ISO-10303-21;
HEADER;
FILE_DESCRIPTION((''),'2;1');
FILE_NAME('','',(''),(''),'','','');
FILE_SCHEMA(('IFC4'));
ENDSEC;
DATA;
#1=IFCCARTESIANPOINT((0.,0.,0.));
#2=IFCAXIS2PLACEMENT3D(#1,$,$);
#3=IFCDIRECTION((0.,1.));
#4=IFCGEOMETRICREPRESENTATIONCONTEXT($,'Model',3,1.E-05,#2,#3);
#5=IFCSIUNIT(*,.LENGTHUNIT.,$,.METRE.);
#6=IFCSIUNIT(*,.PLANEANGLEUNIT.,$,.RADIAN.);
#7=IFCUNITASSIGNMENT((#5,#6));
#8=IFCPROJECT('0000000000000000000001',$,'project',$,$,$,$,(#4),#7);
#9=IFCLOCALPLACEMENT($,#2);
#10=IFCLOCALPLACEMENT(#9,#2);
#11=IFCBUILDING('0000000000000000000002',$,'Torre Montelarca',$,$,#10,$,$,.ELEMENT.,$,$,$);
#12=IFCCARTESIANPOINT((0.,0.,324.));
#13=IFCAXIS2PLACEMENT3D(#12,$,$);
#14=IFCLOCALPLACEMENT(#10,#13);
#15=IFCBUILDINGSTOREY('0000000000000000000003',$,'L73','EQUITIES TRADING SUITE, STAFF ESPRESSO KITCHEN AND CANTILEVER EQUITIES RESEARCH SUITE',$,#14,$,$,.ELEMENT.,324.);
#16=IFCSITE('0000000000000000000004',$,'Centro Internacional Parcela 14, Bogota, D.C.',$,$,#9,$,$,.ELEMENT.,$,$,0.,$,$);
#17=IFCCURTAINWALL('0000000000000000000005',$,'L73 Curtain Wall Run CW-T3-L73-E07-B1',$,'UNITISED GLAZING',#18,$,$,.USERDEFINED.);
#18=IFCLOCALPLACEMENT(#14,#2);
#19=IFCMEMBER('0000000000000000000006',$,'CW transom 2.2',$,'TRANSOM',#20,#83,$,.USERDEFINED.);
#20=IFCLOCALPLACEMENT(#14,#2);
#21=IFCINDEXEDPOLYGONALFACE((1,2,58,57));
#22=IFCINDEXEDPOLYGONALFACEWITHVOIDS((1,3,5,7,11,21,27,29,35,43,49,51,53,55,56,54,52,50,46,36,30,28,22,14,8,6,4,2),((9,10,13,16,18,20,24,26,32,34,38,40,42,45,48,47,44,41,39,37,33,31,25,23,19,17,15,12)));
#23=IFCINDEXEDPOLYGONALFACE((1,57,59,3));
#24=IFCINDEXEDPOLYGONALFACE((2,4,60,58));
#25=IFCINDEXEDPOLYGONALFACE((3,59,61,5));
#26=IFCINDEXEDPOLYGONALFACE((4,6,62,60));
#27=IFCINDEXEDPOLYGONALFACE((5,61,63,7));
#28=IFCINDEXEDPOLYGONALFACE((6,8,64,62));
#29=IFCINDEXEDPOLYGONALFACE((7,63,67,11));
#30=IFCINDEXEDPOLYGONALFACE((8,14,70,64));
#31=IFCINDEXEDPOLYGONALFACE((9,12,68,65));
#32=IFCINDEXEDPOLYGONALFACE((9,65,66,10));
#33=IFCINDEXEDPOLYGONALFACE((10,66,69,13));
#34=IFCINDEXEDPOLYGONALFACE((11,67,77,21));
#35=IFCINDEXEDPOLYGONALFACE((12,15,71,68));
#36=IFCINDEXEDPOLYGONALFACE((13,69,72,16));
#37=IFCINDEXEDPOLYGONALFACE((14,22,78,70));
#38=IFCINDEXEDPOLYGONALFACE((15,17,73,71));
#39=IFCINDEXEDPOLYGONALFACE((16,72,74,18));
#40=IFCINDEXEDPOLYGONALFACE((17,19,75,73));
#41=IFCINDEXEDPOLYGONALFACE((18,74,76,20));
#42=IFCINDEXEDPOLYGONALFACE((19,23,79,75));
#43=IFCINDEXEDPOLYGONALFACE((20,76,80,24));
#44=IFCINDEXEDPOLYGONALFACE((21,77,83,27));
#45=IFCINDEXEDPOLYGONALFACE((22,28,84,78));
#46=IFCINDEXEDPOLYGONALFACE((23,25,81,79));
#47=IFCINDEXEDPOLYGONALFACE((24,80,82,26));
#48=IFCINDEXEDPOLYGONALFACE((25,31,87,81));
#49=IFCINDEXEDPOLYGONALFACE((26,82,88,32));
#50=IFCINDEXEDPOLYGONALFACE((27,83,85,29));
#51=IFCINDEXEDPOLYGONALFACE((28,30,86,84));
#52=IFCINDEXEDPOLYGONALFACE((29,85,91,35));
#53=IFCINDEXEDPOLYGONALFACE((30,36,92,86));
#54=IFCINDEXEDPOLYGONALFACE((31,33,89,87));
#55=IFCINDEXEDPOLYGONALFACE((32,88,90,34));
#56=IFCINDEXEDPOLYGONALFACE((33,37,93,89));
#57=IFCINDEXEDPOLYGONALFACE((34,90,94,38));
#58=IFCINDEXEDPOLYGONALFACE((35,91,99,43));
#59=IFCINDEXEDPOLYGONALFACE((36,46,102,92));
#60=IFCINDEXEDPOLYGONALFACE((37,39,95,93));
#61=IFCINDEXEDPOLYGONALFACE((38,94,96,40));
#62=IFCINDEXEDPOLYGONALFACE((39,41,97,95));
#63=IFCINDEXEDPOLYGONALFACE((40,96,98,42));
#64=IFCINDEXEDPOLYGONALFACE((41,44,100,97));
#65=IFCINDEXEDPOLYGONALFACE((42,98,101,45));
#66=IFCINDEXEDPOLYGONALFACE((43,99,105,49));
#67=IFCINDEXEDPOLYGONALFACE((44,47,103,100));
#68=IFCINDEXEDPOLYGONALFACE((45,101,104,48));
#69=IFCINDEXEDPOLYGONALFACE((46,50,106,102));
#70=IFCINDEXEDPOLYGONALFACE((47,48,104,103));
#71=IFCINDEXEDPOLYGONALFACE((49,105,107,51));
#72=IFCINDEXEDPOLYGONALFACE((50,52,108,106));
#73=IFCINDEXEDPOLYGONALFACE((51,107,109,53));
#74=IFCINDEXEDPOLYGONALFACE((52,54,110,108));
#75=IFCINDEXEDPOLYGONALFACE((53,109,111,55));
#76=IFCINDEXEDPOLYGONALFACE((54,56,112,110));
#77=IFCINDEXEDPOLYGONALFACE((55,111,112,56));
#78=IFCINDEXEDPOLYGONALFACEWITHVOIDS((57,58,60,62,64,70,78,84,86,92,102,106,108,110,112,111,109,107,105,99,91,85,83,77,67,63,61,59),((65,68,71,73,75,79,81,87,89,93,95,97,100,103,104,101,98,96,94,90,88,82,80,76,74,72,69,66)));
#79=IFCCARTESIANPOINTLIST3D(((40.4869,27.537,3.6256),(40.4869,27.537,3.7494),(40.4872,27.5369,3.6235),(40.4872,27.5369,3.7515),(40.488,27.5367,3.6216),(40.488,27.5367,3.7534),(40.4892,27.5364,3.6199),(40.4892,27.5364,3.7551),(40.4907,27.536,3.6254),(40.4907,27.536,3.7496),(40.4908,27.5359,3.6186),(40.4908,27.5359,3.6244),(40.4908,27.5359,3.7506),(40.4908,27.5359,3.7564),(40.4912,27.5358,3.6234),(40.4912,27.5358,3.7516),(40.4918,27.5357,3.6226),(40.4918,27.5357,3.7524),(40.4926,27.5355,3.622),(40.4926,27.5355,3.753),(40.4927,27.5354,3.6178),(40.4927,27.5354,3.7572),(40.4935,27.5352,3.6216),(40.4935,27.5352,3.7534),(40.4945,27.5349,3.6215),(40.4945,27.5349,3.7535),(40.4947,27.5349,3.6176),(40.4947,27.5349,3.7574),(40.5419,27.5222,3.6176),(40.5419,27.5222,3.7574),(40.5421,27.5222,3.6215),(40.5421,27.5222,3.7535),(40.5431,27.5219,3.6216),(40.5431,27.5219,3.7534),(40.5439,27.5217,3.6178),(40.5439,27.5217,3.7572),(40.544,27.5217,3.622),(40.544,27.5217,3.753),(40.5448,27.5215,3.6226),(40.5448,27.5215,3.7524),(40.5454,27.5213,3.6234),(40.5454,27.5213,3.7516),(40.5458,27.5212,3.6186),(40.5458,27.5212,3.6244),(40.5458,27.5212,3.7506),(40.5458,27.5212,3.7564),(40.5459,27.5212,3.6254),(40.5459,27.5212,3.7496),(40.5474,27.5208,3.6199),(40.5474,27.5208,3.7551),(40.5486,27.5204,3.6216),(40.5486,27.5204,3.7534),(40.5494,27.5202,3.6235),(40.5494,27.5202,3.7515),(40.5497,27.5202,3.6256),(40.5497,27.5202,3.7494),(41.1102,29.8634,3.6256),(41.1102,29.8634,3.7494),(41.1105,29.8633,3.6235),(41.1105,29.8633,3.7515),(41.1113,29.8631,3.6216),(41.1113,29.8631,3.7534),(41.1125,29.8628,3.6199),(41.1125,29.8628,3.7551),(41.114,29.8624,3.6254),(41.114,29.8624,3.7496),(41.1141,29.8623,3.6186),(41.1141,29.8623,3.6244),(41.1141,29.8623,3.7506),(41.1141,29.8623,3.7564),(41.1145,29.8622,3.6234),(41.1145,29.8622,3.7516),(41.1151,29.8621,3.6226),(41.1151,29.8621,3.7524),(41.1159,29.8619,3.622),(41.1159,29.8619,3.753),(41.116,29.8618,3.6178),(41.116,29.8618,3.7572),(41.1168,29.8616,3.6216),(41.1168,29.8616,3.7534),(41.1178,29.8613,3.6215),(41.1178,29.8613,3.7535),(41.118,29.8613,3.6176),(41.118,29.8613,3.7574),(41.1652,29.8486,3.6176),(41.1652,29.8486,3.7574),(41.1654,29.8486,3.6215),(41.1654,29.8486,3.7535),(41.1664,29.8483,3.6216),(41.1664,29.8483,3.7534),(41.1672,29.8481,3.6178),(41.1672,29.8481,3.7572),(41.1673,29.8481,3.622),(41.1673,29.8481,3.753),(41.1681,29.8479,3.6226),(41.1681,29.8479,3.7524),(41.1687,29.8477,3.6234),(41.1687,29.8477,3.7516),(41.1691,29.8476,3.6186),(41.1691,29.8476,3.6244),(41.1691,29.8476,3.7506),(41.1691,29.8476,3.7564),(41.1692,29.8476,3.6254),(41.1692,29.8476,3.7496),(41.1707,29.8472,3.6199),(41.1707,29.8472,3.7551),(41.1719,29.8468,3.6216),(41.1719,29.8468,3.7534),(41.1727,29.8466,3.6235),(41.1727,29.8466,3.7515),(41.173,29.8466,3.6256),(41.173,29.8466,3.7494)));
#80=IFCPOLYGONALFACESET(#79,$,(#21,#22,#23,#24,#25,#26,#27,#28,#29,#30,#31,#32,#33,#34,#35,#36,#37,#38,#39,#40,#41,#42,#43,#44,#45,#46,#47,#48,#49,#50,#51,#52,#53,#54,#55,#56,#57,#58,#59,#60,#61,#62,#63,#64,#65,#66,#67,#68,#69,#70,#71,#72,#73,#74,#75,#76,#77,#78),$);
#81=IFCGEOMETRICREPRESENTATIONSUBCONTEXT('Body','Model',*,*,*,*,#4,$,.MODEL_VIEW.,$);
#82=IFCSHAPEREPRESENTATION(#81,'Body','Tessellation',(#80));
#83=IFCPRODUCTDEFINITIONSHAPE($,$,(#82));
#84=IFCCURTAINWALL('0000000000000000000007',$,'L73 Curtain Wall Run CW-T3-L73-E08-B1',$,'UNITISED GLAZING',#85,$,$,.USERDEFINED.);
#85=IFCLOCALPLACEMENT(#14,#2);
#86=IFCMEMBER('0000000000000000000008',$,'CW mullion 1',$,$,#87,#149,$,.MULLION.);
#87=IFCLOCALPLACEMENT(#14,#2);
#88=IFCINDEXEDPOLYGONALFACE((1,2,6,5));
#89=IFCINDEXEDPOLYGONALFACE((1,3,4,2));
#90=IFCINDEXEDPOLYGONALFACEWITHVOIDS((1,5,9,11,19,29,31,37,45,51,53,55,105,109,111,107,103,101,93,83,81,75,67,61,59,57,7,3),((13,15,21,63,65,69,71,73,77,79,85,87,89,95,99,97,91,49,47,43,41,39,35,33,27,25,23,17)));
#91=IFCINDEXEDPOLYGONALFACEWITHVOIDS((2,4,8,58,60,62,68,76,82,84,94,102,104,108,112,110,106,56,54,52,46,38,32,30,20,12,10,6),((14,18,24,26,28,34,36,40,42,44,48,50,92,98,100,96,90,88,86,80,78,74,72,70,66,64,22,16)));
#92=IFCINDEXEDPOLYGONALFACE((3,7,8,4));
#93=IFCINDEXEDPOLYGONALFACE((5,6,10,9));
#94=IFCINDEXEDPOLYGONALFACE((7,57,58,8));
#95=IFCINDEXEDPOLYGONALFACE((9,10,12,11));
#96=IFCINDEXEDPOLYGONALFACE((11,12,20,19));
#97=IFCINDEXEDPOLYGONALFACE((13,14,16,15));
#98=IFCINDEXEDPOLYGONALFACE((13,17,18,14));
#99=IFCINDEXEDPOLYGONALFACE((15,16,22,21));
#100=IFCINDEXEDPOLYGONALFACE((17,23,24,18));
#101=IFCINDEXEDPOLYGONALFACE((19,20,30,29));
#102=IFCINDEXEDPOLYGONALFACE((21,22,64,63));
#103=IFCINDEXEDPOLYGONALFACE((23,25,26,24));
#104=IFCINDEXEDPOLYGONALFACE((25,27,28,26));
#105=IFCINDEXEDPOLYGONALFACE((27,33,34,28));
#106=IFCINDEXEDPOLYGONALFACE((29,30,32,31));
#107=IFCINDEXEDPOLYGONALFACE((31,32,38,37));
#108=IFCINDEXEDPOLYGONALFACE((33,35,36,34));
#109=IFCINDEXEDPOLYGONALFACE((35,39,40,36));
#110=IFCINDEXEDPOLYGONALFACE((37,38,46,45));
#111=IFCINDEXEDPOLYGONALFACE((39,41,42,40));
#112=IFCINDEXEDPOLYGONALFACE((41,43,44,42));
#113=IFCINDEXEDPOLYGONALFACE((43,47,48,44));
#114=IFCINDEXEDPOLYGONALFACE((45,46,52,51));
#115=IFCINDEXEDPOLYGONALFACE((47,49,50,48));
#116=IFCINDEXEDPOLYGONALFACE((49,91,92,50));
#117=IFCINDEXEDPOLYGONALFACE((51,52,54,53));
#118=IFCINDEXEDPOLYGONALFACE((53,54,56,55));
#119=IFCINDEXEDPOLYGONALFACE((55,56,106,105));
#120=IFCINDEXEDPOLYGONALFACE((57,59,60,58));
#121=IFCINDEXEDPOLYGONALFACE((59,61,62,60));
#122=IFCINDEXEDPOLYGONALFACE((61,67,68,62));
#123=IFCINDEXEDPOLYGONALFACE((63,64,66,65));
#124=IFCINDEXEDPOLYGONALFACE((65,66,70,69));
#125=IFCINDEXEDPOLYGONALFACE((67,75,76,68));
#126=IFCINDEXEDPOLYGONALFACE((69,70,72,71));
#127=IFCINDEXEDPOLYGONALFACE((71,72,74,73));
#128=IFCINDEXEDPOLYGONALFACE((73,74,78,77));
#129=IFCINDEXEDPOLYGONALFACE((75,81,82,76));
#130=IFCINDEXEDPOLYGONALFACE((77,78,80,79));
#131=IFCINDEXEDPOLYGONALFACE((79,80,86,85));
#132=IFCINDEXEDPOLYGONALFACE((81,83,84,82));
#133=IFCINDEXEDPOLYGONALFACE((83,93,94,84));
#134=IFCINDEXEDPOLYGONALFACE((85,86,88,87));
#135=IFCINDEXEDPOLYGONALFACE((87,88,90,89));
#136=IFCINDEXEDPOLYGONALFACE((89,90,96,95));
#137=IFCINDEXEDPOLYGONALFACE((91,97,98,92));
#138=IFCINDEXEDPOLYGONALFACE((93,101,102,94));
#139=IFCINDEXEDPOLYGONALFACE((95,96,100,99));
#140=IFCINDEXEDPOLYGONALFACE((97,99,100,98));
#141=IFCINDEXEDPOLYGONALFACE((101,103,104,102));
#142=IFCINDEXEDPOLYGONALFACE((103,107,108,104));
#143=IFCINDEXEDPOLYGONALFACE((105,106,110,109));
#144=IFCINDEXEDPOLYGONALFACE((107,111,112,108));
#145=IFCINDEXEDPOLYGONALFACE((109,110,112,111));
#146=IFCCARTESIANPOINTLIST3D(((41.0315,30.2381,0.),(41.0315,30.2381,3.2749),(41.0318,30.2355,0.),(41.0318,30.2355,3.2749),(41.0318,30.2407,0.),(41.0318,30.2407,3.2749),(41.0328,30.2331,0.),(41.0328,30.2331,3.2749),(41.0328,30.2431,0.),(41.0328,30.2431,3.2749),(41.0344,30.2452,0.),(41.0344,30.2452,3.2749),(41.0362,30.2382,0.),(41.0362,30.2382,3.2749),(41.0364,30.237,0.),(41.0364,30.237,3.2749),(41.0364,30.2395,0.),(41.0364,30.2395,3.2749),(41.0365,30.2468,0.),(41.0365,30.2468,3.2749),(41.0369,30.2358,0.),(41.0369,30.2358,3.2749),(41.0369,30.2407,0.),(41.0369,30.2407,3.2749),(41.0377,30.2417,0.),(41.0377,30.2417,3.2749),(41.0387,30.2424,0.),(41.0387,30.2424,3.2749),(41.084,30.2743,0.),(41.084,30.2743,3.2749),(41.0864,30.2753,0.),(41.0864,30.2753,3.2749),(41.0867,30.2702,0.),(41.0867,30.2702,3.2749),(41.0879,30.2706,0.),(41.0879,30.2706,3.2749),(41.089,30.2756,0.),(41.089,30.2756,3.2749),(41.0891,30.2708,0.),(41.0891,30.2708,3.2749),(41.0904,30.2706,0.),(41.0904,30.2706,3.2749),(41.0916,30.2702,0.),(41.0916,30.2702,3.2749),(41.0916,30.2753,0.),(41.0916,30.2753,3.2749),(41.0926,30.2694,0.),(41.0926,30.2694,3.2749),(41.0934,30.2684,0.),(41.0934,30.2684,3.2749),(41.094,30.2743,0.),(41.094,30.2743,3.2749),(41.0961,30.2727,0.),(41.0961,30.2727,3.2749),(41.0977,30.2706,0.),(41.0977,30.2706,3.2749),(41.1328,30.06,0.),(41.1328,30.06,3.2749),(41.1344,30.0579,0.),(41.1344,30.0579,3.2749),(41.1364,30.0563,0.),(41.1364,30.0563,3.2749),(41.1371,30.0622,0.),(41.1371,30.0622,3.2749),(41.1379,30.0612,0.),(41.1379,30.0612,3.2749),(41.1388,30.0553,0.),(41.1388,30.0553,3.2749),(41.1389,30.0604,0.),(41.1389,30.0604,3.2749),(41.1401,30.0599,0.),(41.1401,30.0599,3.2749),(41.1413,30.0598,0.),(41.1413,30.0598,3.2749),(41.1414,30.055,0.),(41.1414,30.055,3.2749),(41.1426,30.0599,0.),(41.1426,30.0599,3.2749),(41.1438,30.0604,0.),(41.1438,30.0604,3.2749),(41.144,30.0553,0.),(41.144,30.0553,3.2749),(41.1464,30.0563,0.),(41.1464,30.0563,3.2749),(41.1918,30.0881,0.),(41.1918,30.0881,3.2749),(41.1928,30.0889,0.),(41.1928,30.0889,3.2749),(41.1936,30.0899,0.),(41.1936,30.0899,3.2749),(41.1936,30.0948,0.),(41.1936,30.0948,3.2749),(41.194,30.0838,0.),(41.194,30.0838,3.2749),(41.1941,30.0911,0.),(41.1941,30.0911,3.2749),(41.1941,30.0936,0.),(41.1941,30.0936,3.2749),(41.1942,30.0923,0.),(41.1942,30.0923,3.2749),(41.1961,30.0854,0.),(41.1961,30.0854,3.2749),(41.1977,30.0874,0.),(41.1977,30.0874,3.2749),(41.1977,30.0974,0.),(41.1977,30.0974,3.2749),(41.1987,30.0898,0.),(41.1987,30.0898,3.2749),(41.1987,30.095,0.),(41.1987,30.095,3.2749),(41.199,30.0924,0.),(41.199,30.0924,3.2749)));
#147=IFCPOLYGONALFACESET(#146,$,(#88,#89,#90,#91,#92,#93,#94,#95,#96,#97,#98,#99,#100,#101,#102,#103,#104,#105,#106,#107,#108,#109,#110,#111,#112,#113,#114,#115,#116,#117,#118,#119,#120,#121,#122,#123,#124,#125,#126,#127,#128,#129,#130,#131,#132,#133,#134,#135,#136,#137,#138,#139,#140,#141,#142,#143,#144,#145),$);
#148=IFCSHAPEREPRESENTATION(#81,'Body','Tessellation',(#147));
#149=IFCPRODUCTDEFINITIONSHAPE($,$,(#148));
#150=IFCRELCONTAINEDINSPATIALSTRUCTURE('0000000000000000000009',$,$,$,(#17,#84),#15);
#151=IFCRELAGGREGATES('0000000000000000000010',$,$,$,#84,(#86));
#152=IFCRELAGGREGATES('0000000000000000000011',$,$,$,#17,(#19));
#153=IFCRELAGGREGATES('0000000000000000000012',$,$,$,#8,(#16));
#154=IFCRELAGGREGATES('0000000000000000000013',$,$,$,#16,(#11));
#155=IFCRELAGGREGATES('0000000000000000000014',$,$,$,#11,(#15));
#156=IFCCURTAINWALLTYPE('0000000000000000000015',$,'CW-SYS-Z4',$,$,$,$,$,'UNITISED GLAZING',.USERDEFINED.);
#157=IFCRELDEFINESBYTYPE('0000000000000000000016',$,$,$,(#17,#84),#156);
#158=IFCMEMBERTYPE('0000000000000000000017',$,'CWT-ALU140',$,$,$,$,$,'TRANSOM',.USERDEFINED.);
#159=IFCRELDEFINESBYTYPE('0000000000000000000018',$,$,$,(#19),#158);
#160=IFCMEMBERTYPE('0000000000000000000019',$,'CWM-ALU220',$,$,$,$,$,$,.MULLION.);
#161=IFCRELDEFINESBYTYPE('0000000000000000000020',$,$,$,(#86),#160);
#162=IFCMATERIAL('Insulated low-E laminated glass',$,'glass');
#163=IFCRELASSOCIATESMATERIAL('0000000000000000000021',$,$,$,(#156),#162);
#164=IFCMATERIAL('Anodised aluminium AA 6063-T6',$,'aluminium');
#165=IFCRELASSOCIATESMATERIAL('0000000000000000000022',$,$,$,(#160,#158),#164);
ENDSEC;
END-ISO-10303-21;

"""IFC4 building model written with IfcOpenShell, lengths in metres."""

from ifc_helpers import new_model, si_unit, direction, frame, origin, origin_2d, place, context, subcontext, project, spatial, hollow_rectangle, extrude, source, transform, mapped, material, material_profile, profile_set, type_object, element, aggregate, save


model = new_model("IFC4")

# Units and contexts
model_context = context("Model", 3, precision=1e-05, world=origin(), true_north=direction((0.0, 1.0)))
body_context = subcontext(model_context, "Body", "Model", "MODEL_VIEW")
ifc_project = project(units=[si_unit("LENGTHUNIT", "METRE"), si_unit("PLANEANGLEUNIT", "RADIAN")], contexts=[model_context])

# Site, building, storey
site_placement = place(None, origin())
site = spatial("IfcSite", under=ifc_project, at=site_placement, Name="Centro Internacional Parcela 14, Bogota, D.C.", CompositionType="ELEMENT", RefElevation=0.0)
building_placement = place(site_placement, origin())
building = spatial("IfcBuilding", under=site, at=building_placement, Name="Torre Montelarca", CompositionType="ELEMENT")
storey_placement = place(building_placement, frame((0.0, 0.0, 324.0)))
storey = spatial("IfcBuildingStorey", under=building, at=storey_placement, Name="L73", Description="EQUITIES TRADING SUITE, STAFF ESPRESSO KITCHEN AND CANTILEVER EQUITIES RESEARCH SUITE", CompositionType="ELEMENT", Elevation=324.0)

# Curtain wall
ifc_material_1 = material(Name="Insulated low-E laminated glass", Category="glass")
curtain_wall_type = type_object("IfcCurtainWallType", Name="CW-SYS-Z4", ElementType="UNITISED GLAZING", PredefinedType="USERDEFINED", material=ifc_material_1)
curtain_wall_1_placement = place(storey_placement, origin())
curtain_wall_1 = element("IfcCurtainWall", 1, at=curtain_wall_1_placement, inside=storey, type_object=curtain_wall_type, Name="L73 Curtain Wall Run CW-T3-L73-E07-B1", ObjectType="UNITISED GLAZING", PredefinedType="USERDEFINED")
ifc_material_2 = material(Name="Anodised aluminium AA 6063-T6", Category="aluminium")
ifc_material_profile_1 = material_profile(ifc_material_2, hollow_rectangle(XDim=0.075, YDim=0.22, WallThickness=0.0049, InnerFilletRadius=0.0049, OuterFilletRadius=0.01, at=origin_2d()), Name="ALU75X220X5", Category="aluminium")
ifc_profile_set_1 = profile_set([ifc_material_profile_1], Name="Anodised aluminium AA 6063-T6")
member_type_1 = type_object("IfcMemberType", Name="CWM-ALU220", PredefinedType="MULLION", material=ifc_profile_set_1)

# Member
ifc_material_profile_2 = material_profile(ifc_material_2, hollow_rectangle(XDim=0.0649, YDim=0.1399, WallThickness=0.0039, InnerFilletRadius=0.0039, OuterFilletRadius=0.0081, at=origin_2d()), Name="ALU65X140X4", Category="aluminium")
ifc_profile_set_2 = profile_set([ifc_material_profile_2], Name="Anodised aluminium AA 6063-T6")
member_type_2 = type_object("IfcMemberType", Name="CWT-ALU140", ElementType="TRANSOM", PredefinedType="USERDEFINED", material=ifc_profile_set_2)
shared_shape_1 = source(origin(), body_context, "Body", "SweptSolid", [
    extrude(hollow_rectangle(XDim=0.0649, YDim=0.1399, WallThickness=0.0039, InnerFilletRadius=0.0039, OuterFilletRadius=0.0081, at=origin_2d()), origin(), (0.0, 0.0, 1.0), 2.4084),
])
member_1_placement = place(storey_placement, frame((40.5183, 27.5286, 3.6875), z_axis=(0.258792, 0.965933, 0.0), x_axis=(-0.965933, 0.258792, 0.0)))
member_1 = element("IfcMember", 2, at=member_1_placement, type_object=member_type_2, Name="CW transom 2.2", ObjectType="TRANSOM", PredefinedType="USERDEFINED", context=body_context, shape_type="MappedRepresentation", body=[
    mapped(shared_shape_1, transform((0.0, 0.0, 0.0), scale=1.0)),
])

# Curtain wall, member
curtain_wall_2_placement = place(storey_placement, origin())
curtain_wall_2 = element("IfcCurtainWall", 3, at=curtain_wall_2_placement, inside=storey, type_object=curtain_wall_type, Name="L73 Curtain Wall Run CW-T3-L73-E08-B1", ObjectType="UNITISED GLAZING", PredefinedType="USERDEFINED")
shared_shape_2 = source(origin(), body_context, "Body", "SweptSolid", [
    extrude(hollow_rectangle(XDim=0.075, YDim=0.22, WallThickness=0.0049, InnerFilletRadius=0.0049, OuterFilletRadius=0.01, at=origin_2d()), origin(), (0.0, 0.0, 1.0), 3.2749),
])
member_2_placement = place(storey_placement, frame((41.1152, 30.1653, 0.0), z_axis=(0.0, 0.0, 1.0), x_axis=(-0.866026, -0.499999, 0.0)))
member_2 = element("IfcMember", 4, at=member_2_placement, type_object=member_type_1, Name="CW mullion 1", PredefinedType="MULLION", context=body_context, shape_type="MappedRepresentation", body=[
    mapped(shared_shape_2, transform((0.0, 0.0, 0.0), scale=1.0)),
])
aggregate(curtain_wall_2, [member_2])

aggregate(curtain_wall_1, [member_1])

save(model, "model.ifc")
